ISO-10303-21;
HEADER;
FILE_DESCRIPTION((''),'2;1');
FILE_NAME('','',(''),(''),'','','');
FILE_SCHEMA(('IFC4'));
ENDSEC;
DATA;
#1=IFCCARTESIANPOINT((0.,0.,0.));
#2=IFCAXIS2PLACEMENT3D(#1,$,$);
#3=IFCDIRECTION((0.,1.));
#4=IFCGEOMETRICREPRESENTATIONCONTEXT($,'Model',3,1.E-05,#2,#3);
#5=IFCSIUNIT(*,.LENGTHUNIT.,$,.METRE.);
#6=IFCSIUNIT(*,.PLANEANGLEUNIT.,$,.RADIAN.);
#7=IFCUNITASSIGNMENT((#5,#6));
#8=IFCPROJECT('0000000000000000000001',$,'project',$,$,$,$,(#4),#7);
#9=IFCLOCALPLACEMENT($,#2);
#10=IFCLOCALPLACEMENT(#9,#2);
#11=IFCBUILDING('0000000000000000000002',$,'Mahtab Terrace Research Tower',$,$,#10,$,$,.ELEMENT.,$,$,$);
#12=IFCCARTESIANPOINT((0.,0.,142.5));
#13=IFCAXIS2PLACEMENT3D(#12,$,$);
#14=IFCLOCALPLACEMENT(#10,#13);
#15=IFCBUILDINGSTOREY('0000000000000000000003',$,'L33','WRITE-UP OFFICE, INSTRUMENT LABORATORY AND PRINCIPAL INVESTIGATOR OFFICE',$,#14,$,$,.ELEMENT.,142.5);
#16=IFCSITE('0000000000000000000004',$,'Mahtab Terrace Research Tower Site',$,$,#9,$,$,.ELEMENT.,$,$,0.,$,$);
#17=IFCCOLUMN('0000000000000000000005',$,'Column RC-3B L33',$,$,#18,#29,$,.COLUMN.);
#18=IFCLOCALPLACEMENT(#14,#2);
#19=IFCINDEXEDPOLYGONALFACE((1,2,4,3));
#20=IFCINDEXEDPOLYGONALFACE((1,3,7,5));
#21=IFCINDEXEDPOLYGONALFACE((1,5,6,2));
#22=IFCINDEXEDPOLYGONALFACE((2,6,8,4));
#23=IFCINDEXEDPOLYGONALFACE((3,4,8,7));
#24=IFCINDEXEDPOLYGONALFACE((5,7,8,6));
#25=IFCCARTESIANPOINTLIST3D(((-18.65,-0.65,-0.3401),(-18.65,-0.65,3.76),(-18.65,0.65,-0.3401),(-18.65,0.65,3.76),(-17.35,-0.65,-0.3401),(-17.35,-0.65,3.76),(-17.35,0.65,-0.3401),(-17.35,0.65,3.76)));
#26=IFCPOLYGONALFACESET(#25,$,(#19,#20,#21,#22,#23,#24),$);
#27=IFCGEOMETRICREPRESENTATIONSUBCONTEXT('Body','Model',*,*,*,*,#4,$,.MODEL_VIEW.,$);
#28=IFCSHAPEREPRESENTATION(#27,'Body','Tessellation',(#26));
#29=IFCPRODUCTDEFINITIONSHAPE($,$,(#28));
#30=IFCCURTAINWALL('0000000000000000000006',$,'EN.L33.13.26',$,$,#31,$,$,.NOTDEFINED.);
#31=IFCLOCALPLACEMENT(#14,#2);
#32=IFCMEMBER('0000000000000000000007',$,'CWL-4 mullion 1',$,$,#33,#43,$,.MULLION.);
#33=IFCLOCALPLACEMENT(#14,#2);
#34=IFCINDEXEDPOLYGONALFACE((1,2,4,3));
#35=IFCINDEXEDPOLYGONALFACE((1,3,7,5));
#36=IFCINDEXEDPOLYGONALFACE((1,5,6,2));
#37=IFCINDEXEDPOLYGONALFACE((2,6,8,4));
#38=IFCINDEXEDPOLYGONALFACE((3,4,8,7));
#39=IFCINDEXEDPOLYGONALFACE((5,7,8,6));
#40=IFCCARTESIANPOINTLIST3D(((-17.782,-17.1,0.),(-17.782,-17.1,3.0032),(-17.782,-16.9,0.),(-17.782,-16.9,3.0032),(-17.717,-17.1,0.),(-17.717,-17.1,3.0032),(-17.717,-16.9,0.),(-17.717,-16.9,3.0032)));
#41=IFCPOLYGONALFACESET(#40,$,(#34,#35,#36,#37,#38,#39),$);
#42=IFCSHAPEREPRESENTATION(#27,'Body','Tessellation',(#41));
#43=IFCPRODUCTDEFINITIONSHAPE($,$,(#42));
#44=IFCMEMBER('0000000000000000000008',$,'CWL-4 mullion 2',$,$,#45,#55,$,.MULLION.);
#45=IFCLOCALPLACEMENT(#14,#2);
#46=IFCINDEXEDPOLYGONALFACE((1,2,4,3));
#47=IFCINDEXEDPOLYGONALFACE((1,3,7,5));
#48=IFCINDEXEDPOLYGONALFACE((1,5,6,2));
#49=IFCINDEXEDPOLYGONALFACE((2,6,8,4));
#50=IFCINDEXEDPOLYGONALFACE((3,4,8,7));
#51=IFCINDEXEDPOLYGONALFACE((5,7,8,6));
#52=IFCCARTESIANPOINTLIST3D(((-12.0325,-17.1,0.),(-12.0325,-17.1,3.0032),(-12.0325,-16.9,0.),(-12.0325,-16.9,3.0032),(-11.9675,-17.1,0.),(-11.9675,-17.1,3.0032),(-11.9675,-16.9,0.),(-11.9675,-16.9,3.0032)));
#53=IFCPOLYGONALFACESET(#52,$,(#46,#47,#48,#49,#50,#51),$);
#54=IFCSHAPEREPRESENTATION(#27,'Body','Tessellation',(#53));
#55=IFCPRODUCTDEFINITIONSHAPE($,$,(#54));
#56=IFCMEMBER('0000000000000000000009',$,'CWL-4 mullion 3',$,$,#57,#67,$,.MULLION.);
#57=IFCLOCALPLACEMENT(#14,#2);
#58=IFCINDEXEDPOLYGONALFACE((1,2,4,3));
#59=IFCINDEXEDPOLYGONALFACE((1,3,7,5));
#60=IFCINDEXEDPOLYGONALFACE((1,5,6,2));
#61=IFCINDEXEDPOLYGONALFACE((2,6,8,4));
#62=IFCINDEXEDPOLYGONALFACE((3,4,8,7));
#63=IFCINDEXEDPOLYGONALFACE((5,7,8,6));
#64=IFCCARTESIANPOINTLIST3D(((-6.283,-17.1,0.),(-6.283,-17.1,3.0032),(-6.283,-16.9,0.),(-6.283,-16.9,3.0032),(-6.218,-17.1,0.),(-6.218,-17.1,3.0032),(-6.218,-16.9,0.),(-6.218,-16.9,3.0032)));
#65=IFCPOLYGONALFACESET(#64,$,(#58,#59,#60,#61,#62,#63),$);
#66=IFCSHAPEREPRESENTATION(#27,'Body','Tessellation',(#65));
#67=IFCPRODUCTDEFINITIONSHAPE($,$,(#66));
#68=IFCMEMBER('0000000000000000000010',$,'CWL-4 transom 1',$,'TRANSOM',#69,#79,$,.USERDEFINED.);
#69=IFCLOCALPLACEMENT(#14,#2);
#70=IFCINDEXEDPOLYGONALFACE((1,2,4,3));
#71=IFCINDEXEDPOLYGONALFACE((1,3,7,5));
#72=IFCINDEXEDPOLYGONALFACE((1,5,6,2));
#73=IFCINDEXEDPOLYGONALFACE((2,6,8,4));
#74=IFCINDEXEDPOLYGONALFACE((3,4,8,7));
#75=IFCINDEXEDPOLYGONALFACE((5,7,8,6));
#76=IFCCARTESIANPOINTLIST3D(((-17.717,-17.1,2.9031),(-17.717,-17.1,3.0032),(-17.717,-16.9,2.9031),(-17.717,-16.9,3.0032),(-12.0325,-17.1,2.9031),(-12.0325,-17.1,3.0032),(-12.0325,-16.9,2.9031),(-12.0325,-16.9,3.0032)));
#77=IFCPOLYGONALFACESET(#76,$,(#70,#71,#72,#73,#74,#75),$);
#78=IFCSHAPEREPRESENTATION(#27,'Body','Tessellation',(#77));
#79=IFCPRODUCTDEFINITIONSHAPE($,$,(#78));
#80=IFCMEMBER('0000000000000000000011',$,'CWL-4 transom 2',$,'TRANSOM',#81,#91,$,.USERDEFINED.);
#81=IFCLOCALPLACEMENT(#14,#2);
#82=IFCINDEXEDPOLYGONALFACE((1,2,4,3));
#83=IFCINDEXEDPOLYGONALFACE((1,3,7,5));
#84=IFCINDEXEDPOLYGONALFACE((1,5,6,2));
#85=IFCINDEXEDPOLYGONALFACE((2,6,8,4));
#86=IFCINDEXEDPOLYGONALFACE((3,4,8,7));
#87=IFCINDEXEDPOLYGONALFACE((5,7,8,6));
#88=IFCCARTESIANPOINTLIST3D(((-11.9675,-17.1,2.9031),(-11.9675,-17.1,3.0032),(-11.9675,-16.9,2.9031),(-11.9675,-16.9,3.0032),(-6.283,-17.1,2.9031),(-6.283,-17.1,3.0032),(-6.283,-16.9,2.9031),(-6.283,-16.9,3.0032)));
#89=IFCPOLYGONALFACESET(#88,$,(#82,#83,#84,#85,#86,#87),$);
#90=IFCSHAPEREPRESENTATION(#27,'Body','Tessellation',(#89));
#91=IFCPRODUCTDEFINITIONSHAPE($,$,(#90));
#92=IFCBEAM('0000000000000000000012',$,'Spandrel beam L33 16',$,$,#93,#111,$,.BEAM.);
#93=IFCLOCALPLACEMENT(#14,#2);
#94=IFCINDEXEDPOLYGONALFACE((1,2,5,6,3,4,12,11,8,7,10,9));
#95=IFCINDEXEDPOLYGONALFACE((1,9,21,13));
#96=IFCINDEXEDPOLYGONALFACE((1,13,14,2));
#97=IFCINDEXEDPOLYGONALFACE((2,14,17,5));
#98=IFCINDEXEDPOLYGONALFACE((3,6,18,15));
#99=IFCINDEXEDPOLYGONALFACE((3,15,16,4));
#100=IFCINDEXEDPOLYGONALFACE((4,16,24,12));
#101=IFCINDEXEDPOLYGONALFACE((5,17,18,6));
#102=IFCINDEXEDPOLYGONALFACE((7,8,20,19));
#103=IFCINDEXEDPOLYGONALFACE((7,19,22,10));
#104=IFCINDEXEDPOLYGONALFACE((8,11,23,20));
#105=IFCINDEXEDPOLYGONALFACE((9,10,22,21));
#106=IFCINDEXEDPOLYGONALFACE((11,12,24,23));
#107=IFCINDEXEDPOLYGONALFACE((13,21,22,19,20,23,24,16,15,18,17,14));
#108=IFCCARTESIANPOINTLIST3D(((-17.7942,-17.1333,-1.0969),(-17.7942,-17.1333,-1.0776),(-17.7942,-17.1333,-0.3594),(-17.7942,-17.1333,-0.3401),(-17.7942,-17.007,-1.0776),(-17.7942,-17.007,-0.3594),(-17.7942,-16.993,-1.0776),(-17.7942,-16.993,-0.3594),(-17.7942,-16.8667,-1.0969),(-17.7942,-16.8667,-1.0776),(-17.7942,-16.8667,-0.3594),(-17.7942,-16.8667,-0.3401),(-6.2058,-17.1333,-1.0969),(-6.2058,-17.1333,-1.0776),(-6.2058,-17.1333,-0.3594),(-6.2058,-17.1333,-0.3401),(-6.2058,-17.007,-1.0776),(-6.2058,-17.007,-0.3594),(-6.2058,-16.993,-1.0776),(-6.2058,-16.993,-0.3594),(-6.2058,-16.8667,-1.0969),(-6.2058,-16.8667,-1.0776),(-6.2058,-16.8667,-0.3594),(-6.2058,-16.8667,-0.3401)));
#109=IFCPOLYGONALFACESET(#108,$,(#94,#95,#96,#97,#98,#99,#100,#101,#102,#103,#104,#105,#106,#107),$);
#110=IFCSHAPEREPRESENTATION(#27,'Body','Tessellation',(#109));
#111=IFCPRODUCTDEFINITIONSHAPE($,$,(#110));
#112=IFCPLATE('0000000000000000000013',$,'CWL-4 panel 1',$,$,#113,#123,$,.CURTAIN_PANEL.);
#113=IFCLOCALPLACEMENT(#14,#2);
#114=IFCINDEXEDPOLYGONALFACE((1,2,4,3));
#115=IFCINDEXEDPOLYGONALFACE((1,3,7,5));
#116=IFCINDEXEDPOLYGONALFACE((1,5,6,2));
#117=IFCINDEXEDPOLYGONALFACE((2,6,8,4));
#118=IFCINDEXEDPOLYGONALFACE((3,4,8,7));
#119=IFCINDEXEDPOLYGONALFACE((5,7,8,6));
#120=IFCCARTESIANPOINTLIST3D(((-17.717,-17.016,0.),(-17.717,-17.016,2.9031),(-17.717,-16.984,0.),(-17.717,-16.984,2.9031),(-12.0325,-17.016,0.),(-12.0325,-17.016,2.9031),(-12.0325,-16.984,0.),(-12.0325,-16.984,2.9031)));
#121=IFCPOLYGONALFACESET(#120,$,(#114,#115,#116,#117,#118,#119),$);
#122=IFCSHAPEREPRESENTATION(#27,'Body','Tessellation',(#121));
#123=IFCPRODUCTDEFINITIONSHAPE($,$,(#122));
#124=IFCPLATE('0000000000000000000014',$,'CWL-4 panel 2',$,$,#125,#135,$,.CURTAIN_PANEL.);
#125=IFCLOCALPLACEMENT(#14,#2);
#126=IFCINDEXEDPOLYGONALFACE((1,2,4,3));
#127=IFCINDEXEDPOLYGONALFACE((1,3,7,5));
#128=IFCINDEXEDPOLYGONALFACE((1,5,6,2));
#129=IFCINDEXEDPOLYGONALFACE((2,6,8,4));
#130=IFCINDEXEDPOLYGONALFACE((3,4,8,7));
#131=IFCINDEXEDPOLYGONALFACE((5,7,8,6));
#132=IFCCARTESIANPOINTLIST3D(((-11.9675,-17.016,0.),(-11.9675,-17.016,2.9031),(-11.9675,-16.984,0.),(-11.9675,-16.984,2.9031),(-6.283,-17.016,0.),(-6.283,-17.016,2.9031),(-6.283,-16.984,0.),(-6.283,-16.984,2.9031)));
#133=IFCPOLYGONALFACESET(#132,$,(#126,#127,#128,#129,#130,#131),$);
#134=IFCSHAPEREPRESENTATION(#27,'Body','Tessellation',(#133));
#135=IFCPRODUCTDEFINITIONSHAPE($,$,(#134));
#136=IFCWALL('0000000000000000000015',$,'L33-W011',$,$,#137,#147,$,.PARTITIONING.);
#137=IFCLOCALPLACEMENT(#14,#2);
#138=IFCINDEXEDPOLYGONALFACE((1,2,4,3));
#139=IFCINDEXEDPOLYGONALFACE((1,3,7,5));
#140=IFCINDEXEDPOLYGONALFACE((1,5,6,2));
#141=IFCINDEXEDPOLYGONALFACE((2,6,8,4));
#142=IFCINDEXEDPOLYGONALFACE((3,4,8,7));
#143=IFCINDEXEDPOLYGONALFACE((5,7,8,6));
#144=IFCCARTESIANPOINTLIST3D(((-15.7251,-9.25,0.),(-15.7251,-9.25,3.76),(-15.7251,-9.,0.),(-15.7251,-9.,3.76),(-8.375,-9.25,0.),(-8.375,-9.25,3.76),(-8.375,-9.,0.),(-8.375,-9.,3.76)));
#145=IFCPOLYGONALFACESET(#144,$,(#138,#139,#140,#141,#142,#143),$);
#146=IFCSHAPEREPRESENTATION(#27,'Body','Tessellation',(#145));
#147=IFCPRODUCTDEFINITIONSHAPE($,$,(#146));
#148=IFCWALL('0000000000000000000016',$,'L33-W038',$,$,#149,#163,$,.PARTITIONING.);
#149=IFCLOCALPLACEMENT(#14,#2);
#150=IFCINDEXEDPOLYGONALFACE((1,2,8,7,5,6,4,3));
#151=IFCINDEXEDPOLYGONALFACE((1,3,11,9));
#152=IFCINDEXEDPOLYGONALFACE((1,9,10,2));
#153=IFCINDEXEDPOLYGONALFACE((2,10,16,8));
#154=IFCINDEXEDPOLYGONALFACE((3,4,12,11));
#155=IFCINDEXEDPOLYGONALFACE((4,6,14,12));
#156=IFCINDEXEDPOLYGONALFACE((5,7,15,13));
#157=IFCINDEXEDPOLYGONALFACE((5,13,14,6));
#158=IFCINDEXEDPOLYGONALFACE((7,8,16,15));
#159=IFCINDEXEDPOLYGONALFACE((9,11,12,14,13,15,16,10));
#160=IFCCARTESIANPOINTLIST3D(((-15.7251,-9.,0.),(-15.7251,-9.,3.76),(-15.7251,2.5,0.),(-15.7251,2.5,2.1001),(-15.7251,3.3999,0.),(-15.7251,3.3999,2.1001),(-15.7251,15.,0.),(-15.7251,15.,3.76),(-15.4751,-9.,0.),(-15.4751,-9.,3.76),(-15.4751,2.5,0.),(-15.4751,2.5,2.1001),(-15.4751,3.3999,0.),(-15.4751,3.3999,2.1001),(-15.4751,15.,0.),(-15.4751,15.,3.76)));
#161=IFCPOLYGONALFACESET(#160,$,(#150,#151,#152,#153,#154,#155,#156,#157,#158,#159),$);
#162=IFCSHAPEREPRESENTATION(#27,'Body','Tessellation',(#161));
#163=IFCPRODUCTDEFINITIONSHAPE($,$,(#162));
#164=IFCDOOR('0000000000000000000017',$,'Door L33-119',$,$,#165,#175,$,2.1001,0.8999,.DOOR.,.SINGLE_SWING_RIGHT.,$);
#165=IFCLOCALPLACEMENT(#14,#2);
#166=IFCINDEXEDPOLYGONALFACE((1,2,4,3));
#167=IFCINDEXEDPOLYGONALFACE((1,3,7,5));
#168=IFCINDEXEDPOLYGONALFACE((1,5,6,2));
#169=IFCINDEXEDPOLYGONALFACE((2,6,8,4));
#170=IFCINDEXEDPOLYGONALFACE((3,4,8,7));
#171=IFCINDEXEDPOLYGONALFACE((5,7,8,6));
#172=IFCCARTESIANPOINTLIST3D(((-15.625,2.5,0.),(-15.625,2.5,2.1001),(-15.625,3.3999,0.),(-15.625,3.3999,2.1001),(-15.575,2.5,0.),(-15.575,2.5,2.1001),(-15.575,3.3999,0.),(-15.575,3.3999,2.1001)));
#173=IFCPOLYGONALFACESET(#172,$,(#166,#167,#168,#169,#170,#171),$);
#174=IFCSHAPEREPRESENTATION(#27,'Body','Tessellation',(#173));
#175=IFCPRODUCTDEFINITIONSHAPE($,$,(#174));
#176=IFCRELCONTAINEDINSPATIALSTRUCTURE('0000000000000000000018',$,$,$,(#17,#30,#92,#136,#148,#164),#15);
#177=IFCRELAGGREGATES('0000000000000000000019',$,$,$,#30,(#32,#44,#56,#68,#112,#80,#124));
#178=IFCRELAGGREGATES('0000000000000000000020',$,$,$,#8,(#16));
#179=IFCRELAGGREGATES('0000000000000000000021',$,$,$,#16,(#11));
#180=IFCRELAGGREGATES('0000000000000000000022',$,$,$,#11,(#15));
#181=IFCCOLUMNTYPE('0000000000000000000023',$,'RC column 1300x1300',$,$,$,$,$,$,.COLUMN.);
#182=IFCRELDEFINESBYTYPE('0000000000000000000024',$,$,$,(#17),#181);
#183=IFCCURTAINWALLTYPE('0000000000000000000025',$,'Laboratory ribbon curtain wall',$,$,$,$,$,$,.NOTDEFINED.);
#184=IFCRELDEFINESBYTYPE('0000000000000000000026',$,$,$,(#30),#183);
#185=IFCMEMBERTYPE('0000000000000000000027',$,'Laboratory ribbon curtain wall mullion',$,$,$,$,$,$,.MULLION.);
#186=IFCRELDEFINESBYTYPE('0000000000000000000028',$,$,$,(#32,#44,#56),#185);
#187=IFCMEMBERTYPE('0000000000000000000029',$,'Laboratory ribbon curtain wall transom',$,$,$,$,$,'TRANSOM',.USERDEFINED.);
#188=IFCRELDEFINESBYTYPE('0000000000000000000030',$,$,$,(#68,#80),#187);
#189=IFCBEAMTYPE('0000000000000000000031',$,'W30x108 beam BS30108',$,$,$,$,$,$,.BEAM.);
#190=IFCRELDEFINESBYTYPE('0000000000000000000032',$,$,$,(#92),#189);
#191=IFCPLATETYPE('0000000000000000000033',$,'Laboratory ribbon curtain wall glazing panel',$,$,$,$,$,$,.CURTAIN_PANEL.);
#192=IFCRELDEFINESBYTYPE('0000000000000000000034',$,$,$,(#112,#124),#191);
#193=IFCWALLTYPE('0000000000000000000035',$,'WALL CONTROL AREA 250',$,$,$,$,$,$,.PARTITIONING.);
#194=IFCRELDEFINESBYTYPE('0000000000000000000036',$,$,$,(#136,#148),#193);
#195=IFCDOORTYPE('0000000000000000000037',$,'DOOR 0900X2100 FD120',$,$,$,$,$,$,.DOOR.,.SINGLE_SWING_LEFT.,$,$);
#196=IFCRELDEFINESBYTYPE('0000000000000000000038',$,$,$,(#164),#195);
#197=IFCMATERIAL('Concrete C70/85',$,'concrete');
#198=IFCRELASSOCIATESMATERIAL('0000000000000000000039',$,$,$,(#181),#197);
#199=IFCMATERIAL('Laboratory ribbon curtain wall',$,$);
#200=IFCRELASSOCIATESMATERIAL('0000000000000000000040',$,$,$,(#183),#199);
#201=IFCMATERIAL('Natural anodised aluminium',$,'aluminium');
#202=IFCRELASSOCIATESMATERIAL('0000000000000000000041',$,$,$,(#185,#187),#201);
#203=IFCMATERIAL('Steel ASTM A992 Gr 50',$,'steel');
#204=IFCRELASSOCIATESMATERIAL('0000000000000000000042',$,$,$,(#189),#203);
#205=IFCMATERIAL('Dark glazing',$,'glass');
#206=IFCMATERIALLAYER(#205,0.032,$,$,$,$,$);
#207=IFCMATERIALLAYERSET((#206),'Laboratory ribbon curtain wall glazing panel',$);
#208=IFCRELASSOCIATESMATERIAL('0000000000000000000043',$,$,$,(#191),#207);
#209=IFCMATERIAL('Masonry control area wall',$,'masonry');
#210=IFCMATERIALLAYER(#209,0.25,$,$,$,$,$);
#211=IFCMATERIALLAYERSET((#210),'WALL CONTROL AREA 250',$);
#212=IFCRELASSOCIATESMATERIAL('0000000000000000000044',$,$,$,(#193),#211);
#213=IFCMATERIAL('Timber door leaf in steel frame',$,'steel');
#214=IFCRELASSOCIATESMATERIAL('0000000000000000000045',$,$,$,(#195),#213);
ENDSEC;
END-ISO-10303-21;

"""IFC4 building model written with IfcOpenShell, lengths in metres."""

from ifc_helpers import new_model, si_unit, direction, frame, frame_2d, origin, origin_2d, place, context, subcontext, project, spatial, rectangle, i_section, extrude, material, layer, layer_set, material_profile, profile_set, type_object, element, fill, aggregate, save


model = new_model("IFC4")

# Units and contexts
model_context = context("Model", 3, precision=1e-05, world=origin(), true_north=direction((0.0, 1.0)))
body_context = subcontext(model_context, "Body", "Model", "MODEL_VIEW")
ifc_project = project(units=[si_unit("LENGTHUNIT", "METRE"), si_unit("PLANEANGLEUNIT", "RADIAN")], contexts=[model_context])

# Site, building, storey
site_placement = place(None, origin())
site = spatial("IfcSite", under=ifc_project, at=site_placement, Name="Mahtab Terrace Research Tower Site", CompositionType="ELEMENT", RefElevation=0.0)
building_placement = place(site_placement, origin())
building = spatial("IfcBuilding", under=site, at=building_placement, Name="Mahtab Terrace Research Tower", CompositionType="ELEMENT")
storey_placement = place(building_placement, frame((0.0, 0.0, 142.5)))
storey = spatial("IfcBuildingStorey", under=building, at=storey_placement, Name="L33", Description="WRITE-UP OFFICE, INSTRUMENT LABORATORY AND PRINCIPAL INVESTIGATOR OFFICE", CompositionType="ELEMENT", Elevation=142.5)

# Column
ifc_material_1 = material(Name="Concrete C70/85", Category="concrete")
ifc_material_profile_1 = material_profile(ifc_material_1, rectangle(XDim=1.3, YDim=1.3, at=origin_2d()), Name="RC column 1300x1300")
ifc_profile_set_1 = profile_set([ifc_material_profile_1], Name="Concrete C70/85")
column_type = type_object("IfcColumnType", Name="RC column 1300x1300", PredefinedType="COLUMN", material=ifc_profile_set_1)
column_placement = place(storey_placement, frame((-18.0, 0.0, -0.3401), z_axis=(0.0, 0.0, 1.0), x_axis=(1.0, 0.0, 0.0)))
element("IfcColumn", 1, at=column_placement, inside=storey, type_object=column_type, Name="Column RC-3B L33", PredefinedType="COLUMN", context=body_context, shape_type="SweptSolid", body=[
    extrude(rectangle(XDim=1.3, YDim=1.3, at=origin_2d()), origin(), (0.0, 0.0, 1.0), 4.1001),
])

# Curtain wall, members
ifc_material_2 = material(Name="Laboratory ribbon curtain wall")
curtain_wall_type = type_object("IfcCurtainWallType", Name="Laboratory ribbon curtain wall", PredefinedType="NOTDEFINED", material=ifc_material_2)
curtain_wall_placement = place(storey_placement, origin())
curtain_wall = element("IfcCurtainWall", 2, at=curtain_wall_placement, inside=storey, type_object=curtain_wall_type, Name="EN.L33.13.26", PredefinedType="NOTDEFINED")
ifc_material_3 = material(Name="Natural anodised aluminium", Category="aluminium")
ifc_material_profile_2 = material_profile(ifc_material_3, rectangle(XDim=0.2, YDim=0.0649, at=origin_2d()), Name="MULLION 65x200")
ifc_profile_set_2 = profile_set([ifc_material_profile_2], Name="Natural anodised aluminium")
member_type_1 = type_object("IfcMemberType", Name="Laboratory ribbon curtain wall mullion", PredefinedType="MULLION", material=ifc_profile_set_2)
member_1_placement = place(storey_placement, frame((-17.7495, -17.0, 0.0), z_axis=(0.0, 0.0, 1.0), x_axis=(0.0, 1.0, 0.0)))
member_1 = element("IfcMember", 3, at=member_1_placement, type_object=member_type_1, Name="CWL-4 mullion 1", PredefinedType="MULLION", context=body_context, shape_type="SweptSolid", body=[
    extrude(rectangle(XDim=0.2, YDim=0.0649, at=origin_2d()), origin(), (0.0, 0.0, 1.0), 3.0032),
])
member_2_placement = place(storey_placement, frame((-12.0, -17.0, 0.0), z_axis=(0.0, 0.0, 1.0), x_axis=(0.0, 1.0, 0.0)))
member_2 = element("IfcMember", 4, at=member_2_placement, type_object=member_type_1, Name="CWL-4 mullion 2", PredefinedType="MULLION", context=body_context, shape_type="SweptSolid", body=[
    extrude(rectangle(XDim=0.2, YDim=0.0649, at=origin_2d()), origin(), (0.0, 0.0, 1.0), 3.0032),
])
member_3_placement = place(storey_placement, frame((-6.2505, -17.0, 0.0), z_axis=(0.0, 0.0, 1.0), x_axis=(0.0, 1.0, 0.0)))
member_3 = element("IfcMember", 5, at=member_3_placement, type_object=member_type_1, Name="CWL-4 mullion 3", PredefinedType="MULLION", context=body_context, shape_type="SweptSolid", body=[
    extrude(rectangle(XDim=0.2, YDim=0.0649, at=origin_2d()), origin(), (0.0, 0.0, 1.0), 3.0032),
])
ifc_material_profile_3 = material_profile(ifc_material_3, rectangle(XDim=0.2, YDim=0.1001, at=origin_2d()), Name="TRANSOM 100x200")
ifc_profile_set_3 = profile_set([ifc_material_profile_3], Name="Natural anodised aluminium")
member_type_2 = type_object("IfcMemberType", Name="Laboratory ribbon curtain wall transom", ElementType="TRANSOM", PredefinedType="USERDEFINED", material=ifc_profile_set_3)
member_4_placement = place(storey_placement, frame((-17.717, -17.0, 2.9531), z_axis=(1.0, 0.0, 0.0), x_axis=(0.0, 1.0, 0.0)))
member_4 = element("IfcMember", 6, at=member_4_placement, type_object=member_type_2, Name="CWL-4 transom 1", ObjectType="TRANSOM", PredefinedType="USERDEFINED", context=body_context, shape_type="SweptSolid", body=[
    extrude(rectangle(XDim=0.2, YDim=0.1001, at=origin_2d()), origin(), (0.0, 0.0, 1.0), 5.6846),
])
member_5_placement = place(storey_placement, frame((-11.9675, -17.0, 2.9531), z_axis=(1.0, 0.0, 0.0), x_axis=(0.0, 1.0, 0.0)))
member_5 = element("IfcMember", 7, at=member_5_placement, type_object=member_type_2, Name="CWL-4 transom 2", ObjectType="TRANSOM", PredefinedType="USERDEFINED", context=body_context, shape_type="SweptSolid", body=[
    extrude(rectangle(XDim=0.2, YDim=0.1001, at=origin_2d()), origin(), (0.0, 0.0, 1.0), 5.6846),
])

# Beam
ifc_material_4 = material(Name="Steel ASTM A992 Gr 50", Category="steel")
ifc_material_profile_4 = material_profile(ifc_material_4, i_section(OverallWidth=0.2666, OverallDepth=0.7568, WebThickness=0.0139, FlangeThickness=0.0193, at=origin_2d()), Name="W30X108")
ifc_profile_set_4 = profile_set([ifc_material_profile_4], Name="Steel ASTM A992 Gr 50")
beam_type = type_object("IfcBeamType", Name="W30x108 beam BS30108", PredefinedType="BEAM", material=ifc_profile_set_4)
beam_placement = place(storey_placement, frame((-17.7942, -17.0, -0.7185), z_axis=(1.0, 0.0, 0.0), x_axis=(0.0, 1.0, 0.0)))
element("IfcBeam", 8, at=beam_placement, inside=storey, type_object=beam_type, Name="Spandrel beam L33 16", PredefinedType="BEAM", context=body_context, shape_type="SweptSolid", body=[
    extrude(i_section(OverallWidth=0.2666, OverallDepth=0.7568, WebThickness=0.0139, FlangeThickness=0.0193, at=origin_2d()), origin(), (0.0, 0.0, 1.0), 11.5884),
])

# Plates
ifc_material_5 = material(Name="Dark glazing", Category="glass")
ifc_layer_1 = layer(ifc_material_5, 0.032)
ifc_layer_set_1 = layer_set([ifc_layer_1], Name="Laboratory ribbon curtain wall glazing panel")
plate_type = type_object("IfcPlateType", Name="Laboratory ribbon curtain wall glazing panel", PredefinedType="CURTAIN_PANEL", material=ifc_layer_set_1)
plate_1_placement = place(storey_placement, frame((-14.8748, -17.0, 0.0), z_axis=(0.0, 0.0, 1.0), x_axis=(1.0, 0.0, 0.0)))
plate_1 = element("IfcPlate", 9, at=plate_1_placement, type_object=plate_type, Name="CWL-4 panel 1", PredefinedType="CURTAIN_PANEL", context=body_context, shape_type="SweptSolid", body=[
    extrude(rectangle(XDim=5.6846, YDim=0.032, at=origin_2d()), origin(), (0.0, 0.0, 1.0), 2.9031),
])
plate_2_placement = place(storey_placement, frame((-9.1252, -17.0, 0.0), z_axis=(0.0, 0.0, 1.0), x_axis=(1.0, 0.0, 0.0)))
plate_2 = element("IfcPlate", 10, at=plate_2_placement, type_object=plate_type, Name="CWL-4 panel 2", PredefinedType="CURTAIN_PANEL", context=body_context, shape_type="SweptSolid", body=[
    extrude(rectangle(XDim=5.6846, YDim=0.032, at=origin_2d()), origin(), (0.0, 0.0, 1.0), 2.9031),
])
aggregate(curtain_wall, [member_1, member_2, member_3, member_4, plate_1, member_5, plate_2])

# Wall
ifc_material_6 = material(Name="Masonry control area wall", Category="masonry")
ifc_layer_2 = layer(ifc_material_6, 0.25)
ifc_layer_set_2 = layer_set([ifc_layer_2], Name="WALL CONTROL AREA 250")
wall_type_1 = type_object("IfcWallType", Name="WALL CONTROL AREA 250", PredefinedType="PARTITIONING", material=ifc_layer_set_2)
wall_1_placement = place(storey_placement, frame((-15.7251, -9.125, 0.0), z_axis=(0.0, 0.0, 1.0), x_axis=(1.0, 0.0, 0.0)))
element("IfcWall", 11, at=wall_1_placement, inside=storey, type_object=wall_type_1, Name="L33-W011", PredefinedType="PARTITIONING", context=body_context, shape_type="SweptSolid", body=[
    extrude(rectangle(XDim=7.3501, YDim=0.25, at=frame_2d((3.675, 0.0))), origin(), (0.0, 0.0, 1.0), 3.76),
])

# Wall, opening, door
wall_2_placement = place(storey_placement, frame((-15.6001, -9.0, 0.0), z_axis=(0.0, 0.0, 1.0), x_axis=(0.0, 1.0, 0.0)))
wall_2 = element("IfcWall", 12, at=wall_2_placement, inside=storey, type_object=wall_type_1, Name="L33-W038", PredefinedType="PARTITIONING", context=body_context, shape_type="SweptSolid", body=[
    extrude(rectangle(XDim=24.0, YDim=0.25, at=frame_2d((12.0, 0.0))), origin(), (0.0, 0.0, 1.0), 3.76),
])
opening_1_placement = place(wall_2_placement, frame((11.5, 0.0, 0.0)))
opening_1 = element("IfcOpeningElement", 13, at=opening_1_placement, cuts=wall_2, PredefinedType="OPENING", context=body_context, shape_type="SweptSolid", body=[
    extrude(rectangle(XDim=0.8999, YDim=2.1001, at=frame_2d((0.45, 1.05))), frame((0.0, 0.135, 0.0), z_axis=(0.0, -1.0, 0.0), x_axis=(1.0, 0.0, 0.0)), (0.0, 0.0, 1.0), 0.27),
])
ifc_material_7 = material(Name="Timber door leaf in steel frame", Category="steel")
door_type_1 = type_object("IfcDoorType", Name="DOOR 0900X2100 FD120", OperationType="SINGLE_SWING_LEFT", PredefinedType="DOOR", material=ifc_material_7)
door_1_placement = place(opening_1_placement, origin())
door_1 = element("IfcDoor", 14, at=door_1_placement, inside=storey, type_object=door_type_1, Name="Door L33-119", OperationType="SINGLE_SWING_RIGHT", OverallHeight=2.1001, OverallWidth=0.8999, PredefinedType="DOOR", context=body_context, shape_type="SweptSolid", body=[
    extrude(rectangle(XDim=0.8999, YDim=2.1001, at=frame_2d((0.45, 1.05))), frame((0.0, 0.0249, 0.0), z_axis=(0.0, -1.0, 0.0), x_axis=(1.0, 0.0, 0.0)), (0.0, 0.0, 1.0), 0.05),
])
fill(opening_1, door_1)

save(model, "model.ifc")
